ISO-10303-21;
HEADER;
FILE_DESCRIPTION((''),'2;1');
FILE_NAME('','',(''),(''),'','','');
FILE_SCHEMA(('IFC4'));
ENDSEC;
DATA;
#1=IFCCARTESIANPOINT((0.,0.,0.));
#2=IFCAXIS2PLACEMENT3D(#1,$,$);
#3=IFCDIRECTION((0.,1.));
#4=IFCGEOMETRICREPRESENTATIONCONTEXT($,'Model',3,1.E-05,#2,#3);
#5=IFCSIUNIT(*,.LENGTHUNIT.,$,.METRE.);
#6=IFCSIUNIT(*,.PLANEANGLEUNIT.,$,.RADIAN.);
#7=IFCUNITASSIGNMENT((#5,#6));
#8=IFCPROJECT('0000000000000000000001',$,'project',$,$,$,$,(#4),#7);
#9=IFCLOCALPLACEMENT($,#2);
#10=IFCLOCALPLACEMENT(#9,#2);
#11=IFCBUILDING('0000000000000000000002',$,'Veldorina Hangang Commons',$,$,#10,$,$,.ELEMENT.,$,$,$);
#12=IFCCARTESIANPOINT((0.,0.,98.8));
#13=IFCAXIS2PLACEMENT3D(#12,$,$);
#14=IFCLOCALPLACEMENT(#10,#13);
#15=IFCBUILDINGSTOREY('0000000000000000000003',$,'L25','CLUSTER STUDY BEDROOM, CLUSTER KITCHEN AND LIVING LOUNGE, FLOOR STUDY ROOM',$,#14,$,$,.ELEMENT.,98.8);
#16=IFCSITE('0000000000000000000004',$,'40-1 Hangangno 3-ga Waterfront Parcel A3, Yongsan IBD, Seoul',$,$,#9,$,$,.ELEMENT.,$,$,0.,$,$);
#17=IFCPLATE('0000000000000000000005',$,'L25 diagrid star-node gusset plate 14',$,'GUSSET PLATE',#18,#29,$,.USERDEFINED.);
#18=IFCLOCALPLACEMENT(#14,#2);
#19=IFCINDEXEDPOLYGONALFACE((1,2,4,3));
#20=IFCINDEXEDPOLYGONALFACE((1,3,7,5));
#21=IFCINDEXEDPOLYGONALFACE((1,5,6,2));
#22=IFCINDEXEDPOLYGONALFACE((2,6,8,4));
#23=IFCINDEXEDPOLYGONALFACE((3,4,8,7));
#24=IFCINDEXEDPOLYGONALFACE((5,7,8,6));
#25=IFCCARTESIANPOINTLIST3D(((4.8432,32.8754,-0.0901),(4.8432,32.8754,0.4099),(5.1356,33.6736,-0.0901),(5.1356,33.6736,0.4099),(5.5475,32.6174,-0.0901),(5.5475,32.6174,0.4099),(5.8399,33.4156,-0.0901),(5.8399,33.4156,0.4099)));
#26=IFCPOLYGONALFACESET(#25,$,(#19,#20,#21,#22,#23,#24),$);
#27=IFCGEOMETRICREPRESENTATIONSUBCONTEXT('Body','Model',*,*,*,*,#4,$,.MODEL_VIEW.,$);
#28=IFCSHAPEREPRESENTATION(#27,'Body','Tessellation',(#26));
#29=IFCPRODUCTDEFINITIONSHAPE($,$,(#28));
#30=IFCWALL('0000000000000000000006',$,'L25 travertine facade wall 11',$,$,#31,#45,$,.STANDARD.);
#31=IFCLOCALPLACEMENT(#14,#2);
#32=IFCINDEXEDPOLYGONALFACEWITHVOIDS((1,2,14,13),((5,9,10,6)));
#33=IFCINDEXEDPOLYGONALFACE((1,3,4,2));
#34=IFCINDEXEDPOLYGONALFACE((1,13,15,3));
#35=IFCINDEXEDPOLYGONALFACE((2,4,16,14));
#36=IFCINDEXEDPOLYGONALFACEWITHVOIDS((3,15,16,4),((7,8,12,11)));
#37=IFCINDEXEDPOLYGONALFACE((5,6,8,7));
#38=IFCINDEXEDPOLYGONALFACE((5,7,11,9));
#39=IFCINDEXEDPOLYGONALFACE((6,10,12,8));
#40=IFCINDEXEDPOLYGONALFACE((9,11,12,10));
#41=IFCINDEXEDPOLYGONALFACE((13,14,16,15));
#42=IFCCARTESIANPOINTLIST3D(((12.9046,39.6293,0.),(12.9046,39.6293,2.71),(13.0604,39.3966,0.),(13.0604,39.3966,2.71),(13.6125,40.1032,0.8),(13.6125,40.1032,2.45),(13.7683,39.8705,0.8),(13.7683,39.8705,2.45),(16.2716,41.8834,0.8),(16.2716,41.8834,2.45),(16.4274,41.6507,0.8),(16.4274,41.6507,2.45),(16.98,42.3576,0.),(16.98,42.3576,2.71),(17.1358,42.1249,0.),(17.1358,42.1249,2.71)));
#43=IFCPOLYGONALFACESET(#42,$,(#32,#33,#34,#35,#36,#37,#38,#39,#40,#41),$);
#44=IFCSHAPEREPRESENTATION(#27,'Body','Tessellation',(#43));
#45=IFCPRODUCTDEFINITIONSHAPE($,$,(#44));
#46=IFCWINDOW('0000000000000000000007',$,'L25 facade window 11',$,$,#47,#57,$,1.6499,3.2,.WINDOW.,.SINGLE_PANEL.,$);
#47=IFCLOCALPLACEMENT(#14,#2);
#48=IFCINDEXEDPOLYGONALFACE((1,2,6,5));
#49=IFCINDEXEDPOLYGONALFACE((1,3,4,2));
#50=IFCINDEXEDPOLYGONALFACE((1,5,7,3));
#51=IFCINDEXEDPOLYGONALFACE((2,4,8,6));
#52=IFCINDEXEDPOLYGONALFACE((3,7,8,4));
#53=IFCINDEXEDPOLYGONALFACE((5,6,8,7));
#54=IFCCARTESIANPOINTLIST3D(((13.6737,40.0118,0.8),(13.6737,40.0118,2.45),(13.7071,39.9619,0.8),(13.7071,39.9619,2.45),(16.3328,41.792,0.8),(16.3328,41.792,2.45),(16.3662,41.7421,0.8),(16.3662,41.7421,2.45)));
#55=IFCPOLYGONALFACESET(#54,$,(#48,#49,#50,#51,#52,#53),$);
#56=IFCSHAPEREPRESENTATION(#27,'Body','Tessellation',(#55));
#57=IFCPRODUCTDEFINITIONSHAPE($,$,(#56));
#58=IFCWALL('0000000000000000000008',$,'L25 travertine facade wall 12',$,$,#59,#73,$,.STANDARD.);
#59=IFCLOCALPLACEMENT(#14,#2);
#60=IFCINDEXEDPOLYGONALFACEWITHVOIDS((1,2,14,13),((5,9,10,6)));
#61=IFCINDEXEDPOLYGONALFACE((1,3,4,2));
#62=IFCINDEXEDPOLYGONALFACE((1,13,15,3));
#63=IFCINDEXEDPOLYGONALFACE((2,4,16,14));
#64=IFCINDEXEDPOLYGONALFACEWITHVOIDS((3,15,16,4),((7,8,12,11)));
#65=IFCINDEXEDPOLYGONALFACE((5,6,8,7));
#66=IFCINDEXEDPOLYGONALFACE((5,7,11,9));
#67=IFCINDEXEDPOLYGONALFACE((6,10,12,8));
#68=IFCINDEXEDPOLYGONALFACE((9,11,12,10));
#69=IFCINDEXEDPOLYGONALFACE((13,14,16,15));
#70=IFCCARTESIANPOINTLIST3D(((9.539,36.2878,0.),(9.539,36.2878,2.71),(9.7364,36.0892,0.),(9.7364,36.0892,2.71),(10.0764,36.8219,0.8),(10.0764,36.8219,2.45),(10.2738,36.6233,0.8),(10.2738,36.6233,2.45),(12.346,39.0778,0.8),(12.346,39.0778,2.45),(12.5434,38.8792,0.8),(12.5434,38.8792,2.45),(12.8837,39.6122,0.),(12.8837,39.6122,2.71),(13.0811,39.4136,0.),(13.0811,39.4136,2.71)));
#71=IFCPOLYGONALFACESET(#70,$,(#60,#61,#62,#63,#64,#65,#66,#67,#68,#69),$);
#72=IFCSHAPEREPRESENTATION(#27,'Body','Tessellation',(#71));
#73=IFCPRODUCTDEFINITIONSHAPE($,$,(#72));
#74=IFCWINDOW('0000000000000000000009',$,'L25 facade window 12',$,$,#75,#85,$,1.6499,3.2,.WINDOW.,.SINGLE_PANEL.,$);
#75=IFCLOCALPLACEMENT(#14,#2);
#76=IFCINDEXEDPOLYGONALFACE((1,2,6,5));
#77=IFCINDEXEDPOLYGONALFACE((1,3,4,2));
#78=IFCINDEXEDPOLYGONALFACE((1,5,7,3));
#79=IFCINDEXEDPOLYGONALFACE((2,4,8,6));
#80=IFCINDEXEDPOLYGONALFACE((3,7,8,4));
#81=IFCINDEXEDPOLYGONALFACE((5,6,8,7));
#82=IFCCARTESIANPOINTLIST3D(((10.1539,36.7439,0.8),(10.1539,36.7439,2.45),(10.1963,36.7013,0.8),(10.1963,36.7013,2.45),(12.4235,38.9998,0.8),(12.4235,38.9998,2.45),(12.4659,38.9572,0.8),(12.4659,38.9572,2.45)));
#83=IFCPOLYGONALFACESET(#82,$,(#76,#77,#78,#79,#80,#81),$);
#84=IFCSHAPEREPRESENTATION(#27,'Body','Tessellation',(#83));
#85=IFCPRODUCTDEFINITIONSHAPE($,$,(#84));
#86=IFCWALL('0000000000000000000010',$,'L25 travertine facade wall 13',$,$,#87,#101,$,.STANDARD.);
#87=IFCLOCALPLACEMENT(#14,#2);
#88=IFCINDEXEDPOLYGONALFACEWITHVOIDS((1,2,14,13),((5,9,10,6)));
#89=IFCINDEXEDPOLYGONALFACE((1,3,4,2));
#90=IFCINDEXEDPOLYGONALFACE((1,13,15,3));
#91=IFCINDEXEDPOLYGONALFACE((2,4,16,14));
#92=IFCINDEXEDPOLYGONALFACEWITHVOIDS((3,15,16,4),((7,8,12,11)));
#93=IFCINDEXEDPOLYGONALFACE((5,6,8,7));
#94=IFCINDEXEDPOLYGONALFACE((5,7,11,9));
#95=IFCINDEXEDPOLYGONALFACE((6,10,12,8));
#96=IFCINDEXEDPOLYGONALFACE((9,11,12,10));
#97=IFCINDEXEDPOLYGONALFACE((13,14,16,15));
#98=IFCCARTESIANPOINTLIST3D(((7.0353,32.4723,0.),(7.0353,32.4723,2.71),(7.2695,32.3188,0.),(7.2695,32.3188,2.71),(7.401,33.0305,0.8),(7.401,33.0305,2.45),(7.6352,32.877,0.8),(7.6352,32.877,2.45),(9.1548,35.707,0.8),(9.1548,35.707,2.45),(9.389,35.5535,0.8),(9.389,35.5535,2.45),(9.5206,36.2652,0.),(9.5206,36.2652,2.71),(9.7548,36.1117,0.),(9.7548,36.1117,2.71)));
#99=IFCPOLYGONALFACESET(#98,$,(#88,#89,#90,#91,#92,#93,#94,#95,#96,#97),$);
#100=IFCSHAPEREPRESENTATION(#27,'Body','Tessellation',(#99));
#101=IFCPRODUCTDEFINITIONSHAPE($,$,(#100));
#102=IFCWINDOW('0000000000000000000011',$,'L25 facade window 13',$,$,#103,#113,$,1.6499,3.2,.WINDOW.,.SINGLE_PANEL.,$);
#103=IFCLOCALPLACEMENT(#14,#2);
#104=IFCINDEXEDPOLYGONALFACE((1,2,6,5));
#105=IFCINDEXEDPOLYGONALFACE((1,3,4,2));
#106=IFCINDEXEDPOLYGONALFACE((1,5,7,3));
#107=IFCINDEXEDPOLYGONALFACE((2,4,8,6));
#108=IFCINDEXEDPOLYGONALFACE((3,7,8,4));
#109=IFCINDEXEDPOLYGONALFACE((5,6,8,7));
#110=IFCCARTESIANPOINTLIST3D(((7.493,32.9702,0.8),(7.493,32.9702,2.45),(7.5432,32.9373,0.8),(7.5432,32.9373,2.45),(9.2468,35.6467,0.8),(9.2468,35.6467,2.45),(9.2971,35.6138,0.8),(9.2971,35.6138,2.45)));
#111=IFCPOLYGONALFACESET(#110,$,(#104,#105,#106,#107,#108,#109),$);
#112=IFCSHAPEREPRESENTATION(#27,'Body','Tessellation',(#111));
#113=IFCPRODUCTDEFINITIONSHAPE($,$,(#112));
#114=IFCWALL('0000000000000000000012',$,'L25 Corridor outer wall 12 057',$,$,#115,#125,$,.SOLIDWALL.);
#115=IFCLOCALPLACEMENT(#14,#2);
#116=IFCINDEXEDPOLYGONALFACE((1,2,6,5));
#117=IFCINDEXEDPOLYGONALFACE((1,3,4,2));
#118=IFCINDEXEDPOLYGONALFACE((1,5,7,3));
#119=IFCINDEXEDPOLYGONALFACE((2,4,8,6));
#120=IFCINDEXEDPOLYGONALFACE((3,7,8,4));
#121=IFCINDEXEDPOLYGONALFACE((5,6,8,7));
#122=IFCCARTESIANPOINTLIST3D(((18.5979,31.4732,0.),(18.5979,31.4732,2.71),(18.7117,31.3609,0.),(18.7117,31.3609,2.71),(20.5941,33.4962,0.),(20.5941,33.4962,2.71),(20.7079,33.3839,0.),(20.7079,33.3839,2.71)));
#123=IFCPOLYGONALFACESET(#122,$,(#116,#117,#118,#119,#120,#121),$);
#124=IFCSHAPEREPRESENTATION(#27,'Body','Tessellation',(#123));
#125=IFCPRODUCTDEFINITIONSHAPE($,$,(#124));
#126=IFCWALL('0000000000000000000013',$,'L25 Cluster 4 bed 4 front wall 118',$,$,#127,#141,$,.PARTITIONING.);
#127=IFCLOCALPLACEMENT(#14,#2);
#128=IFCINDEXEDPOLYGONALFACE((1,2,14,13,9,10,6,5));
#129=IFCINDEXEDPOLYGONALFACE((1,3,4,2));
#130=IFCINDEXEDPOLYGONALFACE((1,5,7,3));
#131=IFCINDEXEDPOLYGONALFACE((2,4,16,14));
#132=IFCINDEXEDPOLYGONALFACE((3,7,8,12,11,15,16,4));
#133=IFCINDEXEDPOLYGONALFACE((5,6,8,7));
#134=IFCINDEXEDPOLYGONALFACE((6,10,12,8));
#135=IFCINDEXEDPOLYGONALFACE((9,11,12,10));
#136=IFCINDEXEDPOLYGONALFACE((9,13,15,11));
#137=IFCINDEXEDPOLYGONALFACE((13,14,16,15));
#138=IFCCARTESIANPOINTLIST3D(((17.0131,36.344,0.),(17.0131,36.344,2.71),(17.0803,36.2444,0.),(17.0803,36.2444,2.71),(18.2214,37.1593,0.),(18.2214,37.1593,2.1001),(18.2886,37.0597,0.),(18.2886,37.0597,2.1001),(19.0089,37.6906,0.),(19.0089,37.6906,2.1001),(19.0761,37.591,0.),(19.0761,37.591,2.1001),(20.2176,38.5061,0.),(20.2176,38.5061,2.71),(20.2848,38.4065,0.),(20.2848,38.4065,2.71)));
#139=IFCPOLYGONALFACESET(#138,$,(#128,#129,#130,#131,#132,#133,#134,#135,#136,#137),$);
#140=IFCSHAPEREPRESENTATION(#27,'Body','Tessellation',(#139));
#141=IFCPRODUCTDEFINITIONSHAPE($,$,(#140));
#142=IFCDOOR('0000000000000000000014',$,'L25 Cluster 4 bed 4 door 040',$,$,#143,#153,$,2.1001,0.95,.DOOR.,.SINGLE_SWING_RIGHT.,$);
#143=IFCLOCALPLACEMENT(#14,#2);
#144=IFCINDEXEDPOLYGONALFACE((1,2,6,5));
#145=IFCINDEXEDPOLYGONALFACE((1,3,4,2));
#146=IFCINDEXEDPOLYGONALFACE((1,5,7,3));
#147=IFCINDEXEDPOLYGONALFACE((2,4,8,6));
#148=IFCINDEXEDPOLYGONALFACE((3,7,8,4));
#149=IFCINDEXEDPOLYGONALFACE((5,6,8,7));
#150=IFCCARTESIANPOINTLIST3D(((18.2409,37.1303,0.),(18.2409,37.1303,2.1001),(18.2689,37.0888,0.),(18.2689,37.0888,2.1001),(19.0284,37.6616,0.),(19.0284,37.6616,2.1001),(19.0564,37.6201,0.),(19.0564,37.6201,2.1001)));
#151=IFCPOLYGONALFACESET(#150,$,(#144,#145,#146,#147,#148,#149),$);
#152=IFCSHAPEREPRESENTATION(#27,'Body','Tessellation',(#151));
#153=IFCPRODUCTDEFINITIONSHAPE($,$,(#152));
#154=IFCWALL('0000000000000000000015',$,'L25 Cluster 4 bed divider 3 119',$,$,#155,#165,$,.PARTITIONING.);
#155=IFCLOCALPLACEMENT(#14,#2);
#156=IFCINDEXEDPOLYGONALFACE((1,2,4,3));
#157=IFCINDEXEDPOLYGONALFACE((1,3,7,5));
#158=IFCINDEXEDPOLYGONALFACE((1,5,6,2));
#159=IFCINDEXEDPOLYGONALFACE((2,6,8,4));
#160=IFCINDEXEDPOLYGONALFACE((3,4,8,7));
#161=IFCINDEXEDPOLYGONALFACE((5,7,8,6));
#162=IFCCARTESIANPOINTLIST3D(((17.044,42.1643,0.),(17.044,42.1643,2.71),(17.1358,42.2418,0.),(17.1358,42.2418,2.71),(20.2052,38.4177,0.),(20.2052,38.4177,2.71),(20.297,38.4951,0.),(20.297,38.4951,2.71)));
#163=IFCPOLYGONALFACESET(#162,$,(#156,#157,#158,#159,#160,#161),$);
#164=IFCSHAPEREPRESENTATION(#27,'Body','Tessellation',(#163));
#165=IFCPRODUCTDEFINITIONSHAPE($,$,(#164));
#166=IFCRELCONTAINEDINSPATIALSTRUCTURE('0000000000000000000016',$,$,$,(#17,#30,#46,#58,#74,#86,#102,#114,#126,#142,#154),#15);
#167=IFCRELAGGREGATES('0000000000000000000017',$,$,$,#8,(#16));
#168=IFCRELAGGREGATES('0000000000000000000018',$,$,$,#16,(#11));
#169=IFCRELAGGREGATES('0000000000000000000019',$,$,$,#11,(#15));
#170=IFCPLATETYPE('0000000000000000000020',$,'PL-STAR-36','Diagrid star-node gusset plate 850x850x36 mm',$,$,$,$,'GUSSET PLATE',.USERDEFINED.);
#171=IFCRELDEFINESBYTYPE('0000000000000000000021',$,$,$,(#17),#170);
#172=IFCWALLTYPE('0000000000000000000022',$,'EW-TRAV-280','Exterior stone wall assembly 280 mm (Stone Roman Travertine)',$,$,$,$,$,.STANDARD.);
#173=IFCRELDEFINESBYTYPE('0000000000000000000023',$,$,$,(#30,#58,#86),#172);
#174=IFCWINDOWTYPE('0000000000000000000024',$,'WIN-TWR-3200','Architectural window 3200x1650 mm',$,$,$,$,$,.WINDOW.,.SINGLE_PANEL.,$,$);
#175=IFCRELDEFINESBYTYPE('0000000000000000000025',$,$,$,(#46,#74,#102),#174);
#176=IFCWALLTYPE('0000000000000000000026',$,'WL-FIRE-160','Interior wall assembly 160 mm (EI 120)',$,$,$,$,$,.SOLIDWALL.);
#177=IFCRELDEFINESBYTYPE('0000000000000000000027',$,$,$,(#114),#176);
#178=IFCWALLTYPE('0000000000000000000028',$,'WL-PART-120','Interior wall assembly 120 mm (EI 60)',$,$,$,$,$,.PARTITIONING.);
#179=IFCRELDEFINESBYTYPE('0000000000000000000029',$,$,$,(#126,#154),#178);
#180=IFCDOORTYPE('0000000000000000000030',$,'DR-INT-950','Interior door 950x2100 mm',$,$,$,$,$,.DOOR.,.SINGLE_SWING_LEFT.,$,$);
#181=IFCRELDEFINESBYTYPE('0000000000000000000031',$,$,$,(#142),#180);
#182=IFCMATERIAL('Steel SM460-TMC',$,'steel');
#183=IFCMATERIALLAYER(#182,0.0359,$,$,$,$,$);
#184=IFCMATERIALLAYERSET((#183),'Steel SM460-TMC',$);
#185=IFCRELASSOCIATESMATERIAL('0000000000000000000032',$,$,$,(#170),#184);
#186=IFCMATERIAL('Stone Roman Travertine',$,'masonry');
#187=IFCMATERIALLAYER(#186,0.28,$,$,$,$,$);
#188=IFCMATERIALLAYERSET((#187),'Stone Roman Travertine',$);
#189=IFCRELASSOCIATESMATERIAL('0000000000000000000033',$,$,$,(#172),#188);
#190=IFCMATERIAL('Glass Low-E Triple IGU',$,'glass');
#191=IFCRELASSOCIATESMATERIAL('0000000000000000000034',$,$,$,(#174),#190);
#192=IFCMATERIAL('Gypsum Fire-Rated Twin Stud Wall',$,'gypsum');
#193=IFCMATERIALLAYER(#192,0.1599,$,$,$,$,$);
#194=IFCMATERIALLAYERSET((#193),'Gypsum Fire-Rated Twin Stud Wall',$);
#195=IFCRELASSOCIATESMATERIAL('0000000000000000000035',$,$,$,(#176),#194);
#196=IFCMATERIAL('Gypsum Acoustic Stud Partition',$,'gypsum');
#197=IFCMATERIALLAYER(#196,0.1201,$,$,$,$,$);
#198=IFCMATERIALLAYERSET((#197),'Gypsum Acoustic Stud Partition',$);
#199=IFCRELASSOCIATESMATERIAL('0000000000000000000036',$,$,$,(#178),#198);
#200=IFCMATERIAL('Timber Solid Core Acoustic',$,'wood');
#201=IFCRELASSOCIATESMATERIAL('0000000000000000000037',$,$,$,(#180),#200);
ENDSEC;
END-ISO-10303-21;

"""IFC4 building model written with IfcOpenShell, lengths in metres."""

from ifc_helpers import new_model, si_unit, direction, frame, frame_2d, origin, origin_2d, place, context, subcontext, project, spatial, rectangle, extrude, material, layer, layer_set, type_object, element, fill, save


model = new_model("IFC4")

# Units and contexts
model_context = context("Model", 3, precision=1e-05, world=origin(), true_north=direction((0.0, 1.0)))
body_context = subcontext(model_context, "Body", "Model", "MODEL_VIEW")
ifc_project = project(units=[si_unit("LENGTHUNIT", "METRE"), si_unit("PLANEANGLEUNIT", "RADIAN")], contexts=[model_context])

# Site, building, storey
site_placement = place(None, origin())
site = spatial("IfcSite", under=ifc_project, at=site_placement, Name="40-1 Hangangno 3-ga Waterfront Parcel A3, Yongsan IBD, Seoul", CompositionType="ELEMENT", RefElevation=0.0)
building_placement = place(site_placement, origin())
building = spatial("IfcBuilding", under=site, at=building_placement, Name="Veldorina Hangang Commons", CompositionType="ELEMENT")
storey_placement = place(building_placement, frame((0.0, 0.0, 98.8)))
storey = spatial("IfcBuildingStorey", under=building, at=storey_placement, Name="L25", Description="CLUSTER STUDY BEDROOM, CLUSTER KITCHEN AND LIVING LOUNGE, FLOOR STUDY ROOM", CompositionType="ELEMENT", Elevation=98.8)

# Shared definitions
ifc_material_1 = material(Name="Steel SM460-TMC", Category="steel")

# Plate
ifc_layer_1 = layer(ifc_material_1, 0.0359)
ifc_layer_set_1 = layer_set([ifc_layer_1], Name="Steel SM460-TMC")
plate_type = type_object("IfcPlateType", Name="PL-STAR-36", Description="Diagrid star-node gusset plate 850x850x36 mm", ElementType="GUSSET PLATE", PredefinedType="USERDEFINED", material=ifc_layer_set_1)
plate_1_placement = place(storey_placement, frame((5.3416, 33.1455, -0.0901), z_axis=(0.0, 0.0, 1.0), x_axis=(-0.343938, -0.938992, 0.0)))
element("IfcPlate", 1, at=plate_1_placement, inside=storey, type_object=plate_type, Name="L25 diagrid star-node gusset plate 14", ObjectType="GUSSET PLATE", PredefinedType="USERDEFINED", context=body_context, shape_type="SweptSolid", body=[
    extrude(rectangle(XDim=0.8501, YDim=0.75, at=origin_2d()), origin(), (0.0, 0.0, 1.0), 0.5),
])

# Walls, openings, windows
ifc_material_2 = material(Name="Stone Roman Travertine", Category="masonry")
ifc_layer_2 = layer(ifc_material_2, 0.28)
ifc_layer_set_2 = layer_set([ifc_layer_2], Name="Stone Roman Travertine")
wall_type_1 = type_object("IfcWallType", Name="EW-TRAV-280", Description="Exterior stone wall assembly 280 mm (Stone Roman Travertine)", PredefinedType="STANDARD", material=ifc_layer_set_2)
wall_1_placement = place(storey_placement, frame((17.0579, 42.2412, 0.0), z_axis=(0.0, 0.0, 1.0), x_axis=(-0.830984, -0.556296, 0.0)))
wall_1 = element("IfcWall", 2, at=wall_1_placement, inside=storey, type_object=wall_type_1, Name="L25 travertine facade wall 11", PredefinedType="STANDARD", context=body_context, shape_type="SweptSolid", body=[
    extrude(rectangle(XDim=4.9043, YDim=0.28, at=frame_2d((2.4521, 0.0))), origin(), (0.0, 0.0, 1.0), 2.71),
])
opening_1_placement = place(wall_1_placement, frame((0.8523, 0.0, 0.8)))
opening_1 = element("IfcOpeningElement", 3, at=opening_1_placement, cuts=wall_1, PredefinedType="OPENING", context=body_context, shape_type="SweptSolid", body=[
    extrude(rectangle(XDim=3.2, YDim=1.6499, at=frame_2d((1.6001, 0.825))), frame((0.0, 0.1499, 0.0), z_axis=(0.0, -1.0, 0.0), x_axis=(1.0, 0.0, 0.0)), (0.0, 0.0, 1.0), 0.3),
])
ifc_material_3 = material(Name="Glass Low-E Triple IGU", Category="glass")
window_type = type_object("IfcWindowType", Name="WIN-TWR-3200", Description="Architectural window 3200x1650 mm", PartitioningType="SINGLE_PANEL", PredefinedType="WINDOW", material=ifc_material_3)
window_1_placement = place(opening_1_placement, origin())
window_1 = element("IfcWindow", 4, at=window_1_placement, inside=storey, type_object=window_type, Name="L25 facade window 11", OverallHeight=1.6499, OverallWidth=3.2, PartitioningType="SINGLE_PANEL", PredefinedType="WINDOW", context=body_context, shape_type="SweptSolid", body=[
    extrude(rectangle(XDim=3.2, YDim=1.6499, at=frame_2d((1.6001, 0.825))), frame((0.0, 0.03, 0.0), z_axis=(0.0, -1.0, 0.0), x_axis=(1.0, 0.0, 0.0)), (0.0, 0.0, 1.0), 0.0601),
])
fill(opening_1, window_1)
wall_2_placement = place(storey_placement, frame((12.9824, 39.5129, 0.0), z_axis=(0.0, 0.0, 1.0), x_axis=(-0.709252, -0.704955, 0.0)))
wall_2 = element("IfcWall", 5, at=wall_2_placement, inside=storey, type_object=wall_type_1, Name="L25 travertine facade wall 12", PredefinedType="STANDARD", context=body_context, shape_type="SweptSolid", body=[
    extrude(rectangle(XDim=4.7158, YDim=0.28, at=frame_2d((2.3579, 0.0))), origin(), (0.0, 0.0, 1.0), 2.71),
])
opening_2_placement = place(wall_2_placement, frame((0.7581, 0.0, 0.8)))
opening_2 = element("IfcOpeningElement", 6, at=opening_2_placement, cuts=wall_2, PredefinedType="OPENING", context=body_context, shape_type="SweptSolid", body=[
    extrude(rectangle(XDim=3.2, YDim=1.6499, at=frame_2d((1.6001, 0.825))), frame((0.0, 0.1499, 0.0), z_axis=(0.0, -1.0, 0.0), x_axis=(1.0, 0.0, 0.0)), (0.0, 0.0, 1.0), 0.3),
])
window_2_placement = place(opening_2_placement, origin())
window_2 = element("IfcWindow", 7, at=window_2_placement, inside=storey, type_object=window_type, Name="L25 facade window 12", OverallHeight=1.6499, OverallWidth=3.2, PartitioningType="SINGLE_PANEL", PredefinedType="WINDOW", context=body_context, shape_type="SweptSolid", body=[
    extrude(rectangle(XDim=3.2, YDim=1.6499, at=frame_2d((1.6001, 0.825))), frame((0.0, 0.03, 0.0), z_axis=(0.0, -1.0, 0.0), x_axis=(1.0, 0.0, 0.0)), (0.0, 0.0, 1.0), 0.0601),
])
fill(opening_2, window_2)
wall_3_placement = place(storey_placement, frame((9.6377, 36.1885, 0.0), z_axis=(0.0, 0.0, 1.0), x_axis=(-0.548073, -0.83643, 0.0)))
wall_3 = element("IfcWall", 8, at=wall_3_placement, inside=storey, type_object=wall_type_1, Name="L25 travertine facade wall 13", PredefinedType="STANDARD", context=body_context, shape_type="SweptSolid", body=[
    extrude(rectangle(XDim=4.5347, YDim=0.28, at=frame_2d((2.2673, 0.0))), origin(), (0.0, 0.0, 1.0), 2.71),
])
opening_3_placement = place(wall_3_placement, frame((0.6672, 0.0, 0.8)))
opening_3 = element("IfcOpeningElement", 9, at=opening_3_placement, cuts=wall_3, PredefinedType="OPENING", context=body_context, shape_type="SweptSolid", body=[
    extrude(rectangle(XDim=3.2, YDim=1.6499, at=frame_2d((1.6001, 0.825))), frame((0.0, 0.1499, 0.0), z_axis=(0.0, -1.0, 0.0), x_axis=(1.0, 0.0, 0.0)), (0.0, 0.0, 1.0), 0.3),
])
window_3_placement = place(opening_3_placement, origin())
window_3 = element("IfcWindow", 10, at=window_3_placement, inside=storey, type_object=window_type, Name="L25 facade window 13", OverallHeight=1.6499, OverallWidth=3.2, PartitioningType="SINGLE_PANEL", PredefinedType="WINDOW", context=body_context, shape_type="SweptSolid", body=[
    extrude(rectangle(XDim=3.2, YDim=1.6499, at=frame_2d((1.6001, 0.825))), frame((0.0, 0.03, 0.0), z_axis=(0.0, -1.0, 0.0), x_axis=(1.0, 0.0, 0.0)), (0.0, 0.0, 1.0), 0.0601),
])
fill(opening_3, window_3)

# Wall
ifc_material_4 = material(Name="Gypsum Fire-Rated Twin Stud Wall", Category="gypsum")
ifc_layer_3 = layer(ifc_material_4, 0.1599)
ifc_layer_set_3 = layer_set([ifc_layer_3], Name="Gypsum Fire-Rated Twin Stud Wall")
wall_type_2 = type_object("IfcWallType", Name="WL-FIRE-160", Description="Interior wall assembly 160 mm (EI 120)", PredefinedType="SOLIDWALL", material=ifc_layer_set_3)
wall_4_placement = place(storey_placement, frame((20.6509, 33.4399, 0.0), z_axis=(0.0, 0.0, 1.0), x_axis=(-0.702366, -0.711816, 0.0)))
element("IfcWall", 11, at=wall_4_placement, inside=storey, type_object=wall_type_2, Name="L25 Corridor outer wall 12 057", PredefinedType="SOLIDWALL", context=body_context, shape_type="SweptSolid", body=[
    extrude(rectangle(XDim=2.842, YDim=0.1599, at=frame_2d((1.4209, 0.0))), origin(), (0.0, 0.0, 1.0), 2.71),
])

# Wall, opening, door
ifc_material_5 = material(Name="Gypsum Acoustic Stud Partition", Category="gypsum")
ifc_layer_4 = layer(ifc_material_5, 0.1201)
ifc_layer_set_4 = layer_set([ifc_layer_4], Name="Gypsum Acoustic Stud Partition")
wall_type_3 = type_object("IfcWallType", Name="WL-PART-120", Description="Interior wall assembly 120 mm (EI 60)", PredefinedType="PARTITIONING", material=ifc_layer_set_4)
wall_5_placement = place(storey_placement, frame((20.2512, 38.4563, 0.0), z_axis=(0.0, 0.0, 1.0), x_axis=(-0.828967, -0.559297, 0.0)))
wall_5 = element("IfcWall", 12, at=wall_5_placement, inside=storey, type_object=wall_type_3, Name="L25 Cluster 4 bed 4 front wall 118", PredefinedType="PARTITIONING", context=body_context, shape_type="SweptSolid", body=[
    extrude(rectangle(XDim=3.8657, YDim=0.1201, at=frame_2d((1.9329, 0.0))), origin(), (0.0, 0.0, 1.0), 2.71),
])
opening_4_placement = place(wall_5_placement, frame((1.458, 0.0, 0.0)))
opening_4 = element("IfcOpeningElement", 13, at=opening_4_placement, cuts=wall_5, PredefinedType="OPENING", context=body_context, shape_type="SweptSolid", body=[
    extrude(rectangle(XDim=0.95, YDim=2.1001, at=frame_2d((0.4751, 1.05))), frame((0.0, 0.0701, 0.0), z_axis=(0.0, -1.0, 0.0), x_axis=(1.0, 0.0, 0.0)), (0.0, 0.0, 1.0), 0.1401),
])
ifc_material_6 = material(Name="Timber Solid Core Acoustic", Category="wood")
door_type = type_object("IfcDoorType", Name="DR-INT-950", Description="Interior door 950x2100 mm", OperationType="SINGLE_SWING_LEFT", PredefinedType="DOOR", material=ifc_material_6)
door_1_placement = place(opening_4_placement, origin())
door_1 = element("IfcDoor", 14, at=door_1_placement, inside=storey, type_object=door_type, Name="L25 Cluster 4 bed 4 door 040", OperationType="SINGLE_SWING_RIGHT", OverallHeight=2.1001, OverallWidth=0.95, PredefinedType="DOOR", context=body_context, shape_type="SweptSolid", body=[
    extrude(rectangle(XDim=0.95, YDim=2.1001, at=frame_2d((0.4751, 1.05))), frame((0.0, 0.0249, 0.0), z_axis=(0.0, -1.0, 0.0), x_axis=(1.0, 0.0, 0.0)), (0.0, 0.0, 1.0), 0.05),
])
fill(opening_4, door_1)

# Wall
wall_6_placement = place(storey_placement, frame((20.2512, 38.4563, 0.0), z_axis=(0.0, 0.0, 1.0), x_axis=(-0.644865, 0.764296, 0.0)))
element("IfcWall", 15, at=wall_6_placement, inside=storey, type_object=wall_type_3, Name="L25 Cluster 4 bed divider 3 119", PredefinedType="PARTITIONING", context=body_context, shape_type="SweptSolid", body=[
    extrude(rectangle(XDim=4.9021, YDim=0.1201, at=frame_2d((2.4512, 0.0))), origin(), (0.0, 0.0, 1.0), 2.71),
])

save(model, "model.ifc")
